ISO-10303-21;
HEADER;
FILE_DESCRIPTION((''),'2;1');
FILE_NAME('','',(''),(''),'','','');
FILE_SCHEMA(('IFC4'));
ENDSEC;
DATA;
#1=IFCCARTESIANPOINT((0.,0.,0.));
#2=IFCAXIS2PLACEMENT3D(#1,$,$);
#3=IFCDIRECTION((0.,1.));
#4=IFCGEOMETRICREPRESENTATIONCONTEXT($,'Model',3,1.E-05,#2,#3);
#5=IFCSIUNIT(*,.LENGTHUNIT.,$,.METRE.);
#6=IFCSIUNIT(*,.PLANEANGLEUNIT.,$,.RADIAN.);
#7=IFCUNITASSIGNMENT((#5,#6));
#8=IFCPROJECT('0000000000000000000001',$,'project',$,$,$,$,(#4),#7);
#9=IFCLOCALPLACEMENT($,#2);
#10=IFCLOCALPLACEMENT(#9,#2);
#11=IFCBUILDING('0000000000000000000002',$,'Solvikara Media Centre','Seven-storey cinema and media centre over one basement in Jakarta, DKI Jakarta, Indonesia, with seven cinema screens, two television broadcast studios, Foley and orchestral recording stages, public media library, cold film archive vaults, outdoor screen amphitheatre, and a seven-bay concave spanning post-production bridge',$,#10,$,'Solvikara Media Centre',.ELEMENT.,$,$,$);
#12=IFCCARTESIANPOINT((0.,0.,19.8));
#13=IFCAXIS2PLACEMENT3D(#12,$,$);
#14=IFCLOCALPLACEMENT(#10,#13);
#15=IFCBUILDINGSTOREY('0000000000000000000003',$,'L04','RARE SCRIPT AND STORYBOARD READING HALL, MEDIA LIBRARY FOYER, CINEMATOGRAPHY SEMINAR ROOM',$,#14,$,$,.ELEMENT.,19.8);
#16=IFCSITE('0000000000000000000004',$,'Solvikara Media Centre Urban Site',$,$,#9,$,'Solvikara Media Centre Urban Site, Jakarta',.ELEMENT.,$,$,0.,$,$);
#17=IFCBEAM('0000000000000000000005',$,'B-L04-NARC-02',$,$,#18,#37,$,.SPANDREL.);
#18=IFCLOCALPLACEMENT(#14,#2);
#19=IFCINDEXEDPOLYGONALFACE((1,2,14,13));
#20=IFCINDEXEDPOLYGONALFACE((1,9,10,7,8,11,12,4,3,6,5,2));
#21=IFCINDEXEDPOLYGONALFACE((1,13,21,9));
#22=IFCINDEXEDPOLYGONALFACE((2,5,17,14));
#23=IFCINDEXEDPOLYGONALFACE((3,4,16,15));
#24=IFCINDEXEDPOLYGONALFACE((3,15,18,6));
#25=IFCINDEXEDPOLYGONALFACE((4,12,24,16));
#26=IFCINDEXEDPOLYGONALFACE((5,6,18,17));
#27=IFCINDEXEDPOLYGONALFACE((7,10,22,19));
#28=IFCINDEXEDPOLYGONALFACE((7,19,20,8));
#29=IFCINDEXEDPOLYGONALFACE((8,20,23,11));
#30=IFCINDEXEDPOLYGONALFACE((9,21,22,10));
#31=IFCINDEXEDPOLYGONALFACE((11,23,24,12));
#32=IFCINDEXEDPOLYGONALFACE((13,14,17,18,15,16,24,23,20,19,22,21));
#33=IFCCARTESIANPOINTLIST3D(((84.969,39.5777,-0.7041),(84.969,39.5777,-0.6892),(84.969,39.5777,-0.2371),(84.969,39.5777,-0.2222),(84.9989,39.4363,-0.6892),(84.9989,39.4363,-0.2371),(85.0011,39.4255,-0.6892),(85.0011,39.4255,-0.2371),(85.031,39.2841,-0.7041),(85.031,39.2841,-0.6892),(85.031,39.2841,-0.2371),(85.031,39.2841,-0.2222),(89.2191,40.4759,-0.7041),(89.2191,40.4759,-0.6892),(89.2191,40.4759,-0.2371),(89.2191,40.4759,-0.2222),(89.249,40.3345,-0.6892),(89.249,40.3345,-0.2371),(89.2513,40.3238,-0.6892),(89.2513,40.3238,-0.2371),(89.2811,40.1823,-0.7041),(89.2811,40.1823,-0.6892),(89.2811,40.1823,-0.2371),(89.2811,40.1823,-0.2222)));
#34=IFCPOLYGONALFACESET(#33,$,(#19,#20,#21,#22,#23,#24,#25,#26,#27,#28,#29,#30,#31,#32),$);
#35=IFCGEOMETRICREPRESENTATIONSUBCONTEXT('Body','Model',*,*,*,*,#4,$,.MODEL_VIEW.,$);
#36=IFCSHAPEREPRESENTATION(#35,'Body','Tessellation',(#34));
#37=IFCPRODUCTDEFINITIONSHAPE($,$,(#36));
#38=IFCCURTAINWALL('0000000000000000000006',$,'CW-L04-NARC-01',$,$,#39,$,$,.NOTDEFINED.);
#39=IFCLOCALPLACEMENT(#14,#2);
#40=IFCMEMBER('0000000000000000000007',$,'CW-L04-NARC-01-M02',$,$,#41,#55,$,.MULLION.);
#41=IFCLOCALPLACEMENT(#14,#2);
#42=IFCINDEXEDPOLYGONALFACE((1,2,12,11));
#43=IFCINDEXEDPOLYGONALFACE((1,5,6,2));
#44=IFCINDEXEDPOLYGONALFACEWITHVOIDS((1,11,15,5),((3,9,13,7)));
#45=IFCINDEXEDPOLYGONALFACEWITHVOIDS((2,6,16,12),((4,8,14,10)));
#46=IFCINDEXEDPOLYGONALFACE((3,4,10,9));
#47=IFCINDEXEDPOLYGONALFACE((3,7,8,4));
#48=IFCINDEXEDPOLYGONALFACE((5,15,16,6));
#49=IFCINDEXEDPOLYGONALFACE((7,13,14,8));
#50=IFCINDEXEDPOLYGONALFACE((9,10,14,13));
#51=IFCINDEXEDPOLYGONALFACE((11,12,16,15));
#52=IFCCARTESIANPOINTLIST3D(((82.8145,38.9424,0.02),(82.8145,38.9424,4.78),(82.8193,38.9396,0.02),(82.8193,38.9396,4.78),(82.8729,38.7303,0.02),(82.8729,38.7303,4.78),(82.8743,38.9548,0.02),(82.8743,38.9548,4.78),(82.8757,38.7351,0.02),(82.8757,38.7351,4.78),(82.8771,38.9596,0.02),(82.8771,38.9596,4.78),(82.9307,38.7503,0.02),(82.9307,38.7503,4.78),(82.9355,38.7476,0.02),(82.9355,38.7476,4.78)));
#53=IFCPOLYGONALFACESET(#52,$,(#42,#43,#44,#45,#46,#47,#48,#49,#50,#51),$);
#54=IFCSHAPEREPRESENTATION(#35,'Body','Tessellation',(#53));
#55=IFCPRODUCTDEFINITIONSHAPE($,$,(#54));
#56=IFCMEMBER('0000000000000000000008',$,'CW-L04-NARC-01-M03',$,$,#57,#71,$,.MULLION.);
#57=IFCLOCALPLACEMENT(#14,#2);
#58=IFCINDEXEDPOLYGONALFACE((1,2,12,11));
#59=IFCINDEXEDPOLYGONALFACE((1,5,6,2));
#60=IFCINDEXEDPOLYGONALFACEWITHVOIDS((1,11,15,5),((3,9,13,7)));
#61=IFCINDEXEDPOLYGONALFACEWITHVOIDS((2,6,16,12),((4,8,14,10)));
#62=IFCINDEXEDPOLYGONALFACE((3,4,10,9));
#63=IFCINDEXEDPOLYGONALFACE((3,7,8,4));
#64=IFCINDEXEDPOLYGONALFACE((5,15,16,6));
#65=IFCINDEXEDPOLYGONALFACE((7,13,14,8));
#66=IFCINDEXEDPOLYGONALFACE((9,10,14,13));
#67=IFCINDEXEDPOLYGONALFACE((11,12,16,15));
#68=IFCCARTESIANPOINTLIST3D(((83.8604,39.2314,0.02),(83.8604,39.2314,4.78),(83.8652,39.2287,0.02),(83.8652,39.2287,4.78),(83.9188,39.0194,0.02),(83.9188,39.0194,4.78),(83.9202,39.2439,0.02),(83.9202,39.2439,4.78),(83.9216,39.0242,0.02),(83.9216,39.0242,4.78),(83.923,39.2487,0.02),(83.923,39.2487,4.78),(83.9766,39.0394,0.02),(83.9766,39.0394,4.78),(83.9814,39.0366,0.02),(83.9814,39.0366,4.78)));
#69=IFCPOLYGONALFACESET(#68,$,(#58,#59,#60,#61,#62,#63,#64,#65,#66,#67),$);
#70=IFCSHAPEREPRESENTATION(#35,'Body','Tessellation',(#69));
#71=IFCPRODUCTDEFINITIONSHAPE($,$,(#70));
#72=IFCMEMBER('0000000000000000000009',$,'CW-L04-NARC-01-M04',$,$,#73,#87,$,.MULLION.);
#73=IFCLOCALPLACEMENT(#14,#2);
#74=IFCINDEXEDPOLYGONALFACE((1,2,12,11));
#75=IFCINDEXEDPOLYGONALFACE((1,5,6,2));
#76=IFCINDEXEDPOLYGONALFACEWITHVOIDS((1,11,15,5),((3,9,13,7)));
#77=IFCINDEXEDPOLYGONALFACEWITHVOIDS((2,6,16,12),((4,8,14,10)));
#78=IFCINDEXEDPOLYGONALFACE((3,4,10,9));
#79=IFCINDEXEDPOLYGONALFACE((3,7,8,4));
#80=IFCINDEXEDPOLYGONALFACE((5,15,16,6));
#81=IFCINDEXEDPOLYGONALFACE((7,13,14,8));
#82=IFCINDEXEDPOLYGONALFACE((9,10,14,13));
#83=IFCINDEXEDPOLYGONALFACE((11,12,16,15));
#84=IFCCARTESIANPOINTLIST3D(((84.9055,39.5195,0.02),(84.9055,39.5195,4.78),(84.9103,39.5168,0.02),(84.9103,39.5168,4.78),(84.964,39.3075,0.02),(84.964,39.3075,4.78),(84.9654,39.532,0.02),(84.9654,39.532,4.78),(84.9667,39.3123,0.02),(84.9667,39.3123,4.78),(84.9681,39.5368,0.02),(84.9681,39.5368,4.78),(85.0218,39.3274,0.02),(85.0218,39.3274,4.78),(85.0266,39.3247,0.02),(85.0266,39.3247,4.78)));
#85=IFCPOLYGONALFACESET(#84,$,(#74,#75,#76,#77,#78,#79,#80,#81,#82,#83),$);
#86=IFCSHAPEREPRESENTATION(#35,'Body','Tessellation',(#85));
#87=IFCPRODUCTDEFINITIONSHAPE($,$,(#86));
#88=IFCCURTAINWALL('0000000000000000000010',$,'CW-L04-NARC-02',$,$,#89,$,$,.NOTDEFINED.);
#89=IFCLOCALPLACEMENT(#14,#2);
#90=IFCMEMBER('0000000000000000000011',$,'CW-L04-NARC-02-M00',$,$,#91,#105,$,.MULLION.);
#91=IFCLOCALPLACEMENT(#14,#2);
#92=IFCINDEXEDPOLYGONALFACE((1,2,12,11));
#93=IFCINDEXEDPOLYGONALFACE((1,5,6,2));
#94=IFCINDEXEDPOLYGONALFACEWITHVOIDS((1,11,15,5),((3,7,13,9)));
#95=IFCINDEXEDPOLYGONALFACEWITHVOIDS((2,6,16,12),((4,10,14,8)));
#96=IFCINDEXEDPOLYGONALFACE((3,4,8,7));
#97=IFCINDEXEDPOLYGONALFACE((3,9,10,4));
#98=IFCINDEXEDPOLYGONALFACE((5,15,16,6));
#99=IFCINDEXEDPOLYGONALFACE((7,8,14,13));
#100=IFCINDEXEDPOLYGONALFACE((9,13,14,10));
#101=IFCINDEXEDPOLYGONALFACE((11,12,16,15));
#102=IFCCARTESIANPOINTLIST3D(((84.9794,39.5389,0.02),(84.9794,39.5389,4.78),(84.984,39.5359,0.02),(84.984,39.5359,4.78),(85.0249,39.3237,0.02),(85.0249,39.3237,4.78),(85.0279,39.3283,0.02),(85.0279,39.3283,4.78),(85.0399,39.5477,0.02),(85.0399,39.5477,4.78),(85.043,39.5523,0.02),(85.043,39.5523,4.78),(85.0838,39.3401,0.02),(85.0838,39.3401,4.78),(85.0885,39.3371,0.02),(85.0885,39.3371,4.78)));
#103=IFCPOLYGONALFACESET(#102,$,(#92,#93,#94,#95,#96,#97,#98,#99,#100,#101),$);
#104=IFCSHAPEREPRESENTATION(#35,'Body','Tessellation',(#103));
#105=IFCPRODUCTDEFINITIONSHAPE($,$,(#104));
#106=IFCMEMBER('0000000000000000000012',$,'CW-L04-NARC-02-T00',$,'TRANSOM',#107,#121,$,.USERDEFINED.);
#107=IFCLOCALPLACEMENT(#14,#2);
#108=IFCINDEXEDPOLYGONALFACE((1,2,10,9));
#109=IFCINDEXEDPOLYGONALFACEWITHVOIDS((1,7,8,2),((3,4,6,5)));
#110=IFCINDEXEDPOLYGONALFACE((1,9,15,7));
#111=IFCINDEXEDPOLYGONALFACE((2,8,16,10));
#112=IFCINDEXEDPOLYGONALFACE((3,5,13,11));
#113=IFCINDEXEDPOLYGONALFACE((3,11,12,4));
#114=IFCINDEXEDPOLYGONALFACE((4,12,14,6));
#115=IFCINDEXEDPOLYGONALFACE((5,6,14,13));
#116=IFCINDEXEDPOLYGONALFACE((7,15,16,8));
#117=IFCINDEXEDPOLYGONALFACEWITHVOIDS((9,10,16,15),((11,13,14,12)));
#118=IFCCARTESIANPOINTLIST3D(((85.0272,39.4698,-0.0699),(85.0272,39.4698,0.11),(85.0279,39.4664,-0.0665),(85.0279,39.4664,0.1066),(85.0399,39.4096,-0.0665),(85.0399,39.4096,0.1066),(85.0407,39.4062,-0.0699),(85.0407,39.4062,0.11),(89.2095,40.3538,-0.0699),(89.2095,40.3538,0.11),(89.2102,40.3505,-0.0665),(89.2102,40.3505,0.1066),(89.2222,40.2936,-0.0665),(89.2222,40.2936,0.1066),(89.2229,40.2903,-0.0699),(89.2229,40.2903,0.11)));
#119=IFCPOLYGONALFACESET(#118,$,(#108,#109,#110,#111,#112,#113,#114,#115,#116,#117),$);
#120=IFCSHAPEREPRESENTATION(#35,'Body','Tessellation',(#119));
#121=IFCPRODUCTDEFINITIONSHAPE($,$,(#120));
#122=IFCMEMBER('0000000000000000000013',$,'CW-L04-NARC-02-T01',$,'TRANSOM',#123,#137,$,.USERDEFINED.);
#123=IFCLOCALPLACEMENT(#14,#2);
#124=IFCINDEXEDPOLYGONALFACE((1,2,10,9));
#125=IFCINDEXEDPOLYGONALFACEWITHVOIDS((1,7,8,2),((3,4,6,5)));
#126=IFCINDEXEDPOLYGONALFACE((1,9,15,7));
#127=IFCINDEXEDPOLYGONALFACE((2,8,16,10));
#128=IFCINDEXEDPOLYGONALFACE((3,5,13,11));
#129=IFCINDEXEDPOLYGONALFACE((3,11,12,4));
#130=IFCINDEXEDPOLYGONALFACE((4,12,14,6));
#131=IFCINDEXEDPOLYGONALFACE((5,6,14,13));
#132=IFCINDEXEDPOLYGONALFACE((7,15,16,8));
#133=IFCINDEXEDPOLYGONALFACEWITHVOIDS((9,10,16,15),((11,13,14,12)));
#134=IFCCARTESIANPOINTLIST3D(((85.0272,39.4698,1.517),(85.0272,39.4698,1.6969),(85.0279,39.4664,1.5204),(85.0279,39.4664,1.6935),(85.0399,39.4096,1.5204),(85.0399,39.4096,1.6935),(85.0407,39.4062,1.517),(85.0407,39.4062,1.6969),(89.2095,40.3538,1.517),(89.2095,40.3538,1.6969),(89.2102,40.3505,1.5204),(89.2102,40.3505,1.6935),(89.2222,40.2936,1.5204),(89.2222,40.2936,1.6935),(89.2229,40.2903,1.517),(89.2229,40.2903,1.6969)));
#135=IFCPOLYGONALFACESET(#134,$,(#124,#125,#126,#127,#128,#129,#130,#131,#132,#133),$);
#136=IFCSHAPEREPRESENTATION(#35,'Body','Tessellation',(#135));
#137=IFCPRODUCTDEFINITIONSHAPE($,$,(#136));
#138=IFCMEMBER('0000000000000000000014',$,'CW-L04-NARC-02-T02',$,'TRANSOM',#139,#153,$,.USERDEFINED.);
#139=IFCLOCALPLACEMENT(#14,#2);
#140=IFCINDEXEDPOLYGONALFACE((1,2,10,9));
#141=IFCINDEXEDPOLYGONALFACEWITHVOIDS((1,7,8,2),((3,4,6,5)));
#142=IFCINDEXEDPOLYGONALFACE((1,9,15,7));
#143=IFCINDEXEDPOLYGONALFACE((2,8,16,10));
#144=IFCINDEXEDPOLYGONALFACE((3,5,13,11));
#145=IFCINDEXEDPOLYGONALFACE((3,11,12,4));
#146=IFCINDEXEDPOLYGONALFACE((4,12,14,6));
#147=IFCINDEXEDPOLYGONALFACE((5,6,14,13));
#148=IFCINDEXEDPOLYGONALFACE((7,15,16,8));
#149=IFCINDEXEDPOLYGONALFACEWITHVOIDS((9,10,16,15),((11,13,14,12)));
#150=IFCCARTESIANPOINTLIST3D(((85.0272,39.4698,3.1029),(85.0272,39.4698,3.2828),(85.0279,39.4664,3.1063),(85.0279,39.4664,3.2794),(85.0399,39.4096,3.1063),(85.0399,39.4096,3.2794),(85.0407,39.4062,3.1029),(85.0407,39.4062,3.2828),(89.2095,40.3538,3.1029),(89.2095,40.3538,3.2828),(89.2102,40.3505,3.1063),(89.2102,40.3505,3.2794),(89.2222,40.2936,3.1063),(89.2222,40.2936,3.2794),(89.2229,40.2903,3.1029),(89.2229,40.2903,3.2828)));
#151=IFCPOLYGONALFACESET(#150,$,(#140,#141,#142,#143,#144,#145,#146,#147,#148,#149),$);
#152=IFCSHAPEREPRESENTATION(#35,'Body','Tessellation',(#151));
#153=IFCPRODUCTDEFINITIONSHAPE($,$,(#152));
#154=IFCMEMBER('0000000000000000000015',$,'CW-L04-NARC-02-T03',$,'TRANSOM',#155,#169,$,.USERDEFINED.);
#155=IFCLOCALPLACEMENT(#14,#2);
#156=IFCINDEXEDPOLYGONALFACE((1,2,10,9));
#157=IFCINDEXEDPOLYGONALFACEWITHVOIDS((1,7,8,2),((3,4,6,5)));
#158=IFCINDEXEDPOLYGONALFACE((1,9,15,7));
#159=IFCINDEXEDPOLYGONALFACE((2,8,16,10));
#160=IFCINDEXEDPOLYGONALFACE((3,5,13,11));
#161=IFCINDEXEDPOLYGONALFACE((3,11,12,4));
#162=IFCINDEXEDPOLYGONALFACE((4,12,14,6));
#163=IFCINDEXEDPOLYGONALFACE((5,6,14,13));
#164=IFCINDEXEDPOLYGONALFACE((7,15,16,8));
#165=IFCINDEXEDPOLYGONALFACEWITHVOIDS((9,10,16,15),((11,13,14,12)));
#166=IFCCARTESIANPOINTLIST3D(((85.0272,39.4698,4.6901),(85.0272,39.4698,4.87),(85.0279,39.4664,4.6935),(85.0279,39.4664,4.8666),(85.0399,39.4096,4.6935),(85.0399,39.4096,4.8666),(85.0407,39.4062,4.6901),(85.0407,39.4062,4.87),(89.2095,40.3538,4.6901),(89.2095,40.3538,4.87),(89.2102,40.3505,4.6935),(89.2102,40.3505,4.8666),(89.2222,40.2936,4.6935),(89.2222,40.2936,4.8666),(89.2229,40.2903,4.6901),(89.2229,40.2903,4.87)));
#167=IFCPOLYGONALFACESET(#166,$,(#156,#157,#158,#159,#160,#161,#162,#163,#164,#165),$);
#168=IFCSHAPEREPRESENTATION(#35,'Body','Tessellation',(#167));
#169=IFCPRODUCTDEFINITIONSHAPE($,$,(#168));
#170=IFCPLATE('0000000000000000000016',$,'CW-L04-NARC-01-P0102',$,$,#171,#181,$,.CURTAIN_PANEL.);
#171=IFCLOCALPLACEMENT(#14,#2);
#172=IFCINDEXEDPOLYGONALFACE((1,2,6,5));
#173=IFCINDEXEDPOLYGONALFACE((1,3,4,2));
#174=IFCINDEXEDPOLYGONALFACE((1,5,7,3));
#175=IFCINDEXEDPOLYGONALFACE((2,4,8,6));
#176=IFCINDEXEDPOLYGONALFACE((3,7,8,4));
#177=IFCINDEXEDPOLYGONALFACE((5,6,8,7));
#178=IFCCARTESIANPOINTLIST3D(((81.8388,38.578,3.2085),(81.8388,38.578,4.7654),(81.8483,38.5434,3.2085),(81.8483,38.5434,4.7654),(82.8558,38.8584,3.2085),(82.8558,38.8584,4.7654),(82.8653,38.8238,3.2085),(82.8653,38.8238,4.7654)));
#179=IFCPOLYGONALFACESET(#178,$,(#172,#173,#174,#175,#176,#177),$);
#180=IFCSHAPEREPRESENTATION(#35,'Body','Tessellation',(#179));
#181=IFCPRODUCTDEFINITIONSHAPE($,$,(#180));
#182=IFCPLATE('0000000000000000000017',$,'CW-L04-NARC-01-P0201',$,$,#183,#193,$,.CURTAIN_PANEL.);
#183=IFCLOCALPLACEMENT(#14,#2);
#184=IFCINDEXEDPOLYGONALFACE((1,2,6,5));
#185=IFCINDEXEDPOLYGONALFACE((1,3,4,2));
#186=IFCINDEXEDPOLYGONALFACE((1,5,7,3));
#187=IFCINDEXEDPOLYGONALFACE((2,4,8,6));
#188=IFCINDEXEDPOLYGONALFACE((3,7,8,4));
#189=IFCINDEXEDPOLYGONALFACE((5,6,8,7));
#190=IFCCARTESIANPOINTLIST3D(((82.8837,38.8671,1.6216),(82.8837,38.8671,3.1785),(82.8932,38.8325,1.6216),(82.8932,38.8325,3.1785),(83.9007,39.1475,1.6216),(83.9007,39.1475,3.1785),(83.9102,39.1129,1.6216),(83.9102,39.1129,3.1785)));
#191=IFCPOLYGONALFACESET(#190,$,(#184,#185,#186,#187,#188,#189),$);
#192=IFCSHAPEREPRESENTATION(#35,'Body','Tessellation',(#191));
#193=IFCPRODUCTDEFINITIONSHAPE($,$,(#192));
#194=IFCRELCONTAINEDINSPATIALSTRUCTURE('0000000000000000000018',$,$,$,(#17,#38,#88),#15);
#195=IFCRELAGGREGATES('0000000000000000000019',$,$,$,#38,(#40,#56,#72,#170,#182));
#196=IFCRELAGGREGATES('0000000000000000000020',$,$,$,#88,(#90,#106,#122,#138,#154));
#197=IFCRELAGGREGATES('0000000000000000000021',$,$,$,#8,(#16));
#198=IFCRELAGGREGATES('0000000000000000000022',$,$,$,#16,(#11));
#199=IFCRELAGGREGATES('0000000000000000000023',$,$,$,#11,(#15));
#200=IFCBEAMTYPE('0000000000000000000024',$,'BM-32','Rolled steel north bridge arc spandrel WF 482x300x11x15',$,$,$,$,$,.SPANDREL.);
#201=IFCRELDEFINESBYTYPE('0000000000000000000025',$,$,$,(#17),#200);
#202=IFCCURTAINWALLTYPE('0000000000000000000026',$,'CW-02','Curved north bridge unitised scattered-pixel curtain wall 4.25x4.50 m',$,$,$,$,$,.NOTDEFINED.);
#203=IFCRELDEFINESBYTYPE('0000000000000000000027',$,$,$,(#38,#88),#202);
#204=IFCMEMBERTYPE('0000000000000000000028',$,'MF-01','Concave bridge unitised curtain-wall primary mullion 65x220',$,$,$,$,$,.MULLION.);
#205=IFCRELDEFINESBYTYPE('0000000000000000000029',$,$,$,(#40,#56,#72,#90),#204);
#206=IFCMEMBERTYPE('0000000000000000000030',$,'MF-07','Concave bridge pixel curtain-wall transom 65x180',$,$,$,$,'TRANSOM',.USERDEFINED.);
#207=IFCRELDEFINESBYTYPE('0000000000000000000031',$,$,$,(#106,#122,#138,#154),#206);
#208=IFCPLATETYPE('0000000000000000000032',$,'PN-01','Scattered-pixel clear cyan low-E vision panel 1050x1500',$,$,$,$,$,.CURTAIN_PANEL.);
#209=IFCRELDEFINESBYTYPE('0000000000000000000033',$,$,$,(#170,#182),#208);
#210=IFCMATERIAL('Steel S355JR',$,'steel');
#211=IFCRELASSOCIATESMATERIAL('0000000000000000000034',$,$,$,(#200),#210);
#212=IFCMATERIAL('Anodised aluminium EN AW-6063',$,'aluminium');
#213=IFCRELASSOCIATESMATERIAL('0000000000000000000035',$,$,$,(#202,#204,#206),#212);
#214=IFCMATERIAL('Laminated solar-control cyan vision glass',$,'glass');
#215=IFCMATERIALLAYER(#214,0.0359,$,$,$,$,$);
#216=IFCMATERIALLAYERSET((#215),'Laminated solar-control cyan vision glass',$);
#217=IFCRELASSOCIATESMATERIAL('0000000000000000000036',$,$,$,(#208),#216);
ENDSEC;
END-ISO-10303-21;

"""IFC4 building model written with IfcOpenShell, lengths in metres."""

from ifc_helpers import new_model, si_unit, direction, frame, origin, origin_2d, place, context, subcontext, project, spatial, rectangle, hollow_rectangle, i_section, extrude, material, layer, layer_set, material_profile, profile_set, type_object, element, aggregate, save


model = new_model("IFC4")

# Units and contexts
model_context = context("Model", 3, precision=1e-05, world=origin(), true_north=direction((0.0, 1.0)))
body_context = subcontext(model_context, "Body", "Model", "MODEL_VIEW")
ifc_project = project(units=[si_unit("LENGTHUNIT", "METRE"), si_unit("PLANEANGLEUNIT", "RADIAN")], contexts=[model_context])

# Site, building, storey
site_placement = place(None, origin())
site = spatial("IfcSite", under=ifc_project, at=site_placement, Name="Solvikara Media Centre Urban Site", LongName="Solvikara Media Centre Urban Site, Jakarta", CompositionType="ELEMENT", RefElevation=0.0)
building_placement = place(site_placement, origin())
building = spatial("IfcBuilding", under=site, at=building_placement, Name="Solvikara Media Centre", Description="Seven-storey cinema and media centre over one basement in Jakarta, DKI Jakarta, Indonesia, with seven cinema screens, two television broadcast studios, Foley and orchestral recording stages, public media library, cold film archive vaults, outdoor screen amphitheatre, and a seven-bay concave spanning post-production bridge", LongName="Solvikara Media Centre", CompositionType="ELEMENT")
storey_placement = place(building_placement, frame((0.0, 0.0, 19.8)))
storey = spatial("IfcBuildingStorey", under=building, at=storey_placement, Name="L04", Description="RARE SCRIPT AND STORYBOARD READING HALL, MEDIA LIBRARY FOYER, CINEMATOGRAPHY SEMINAR ROOM", CompositionType="ELEMENT", Elevation=19.8)

# Beam
ifc_material_1 = material(Name="Steel S355JR", Category="steel")
ifc_material_profile_1 = material_profile(ifc_material_1, i_section(OverallWidth=0.3, OverallDepth=0.4819, WebThickness=0.011, FlangeThickness=0.0149, at=origin_2d()), Name="WF 482x300x11x15")
ifc_profile_set_1 = profile_set([ifc_material_profile_1], Name="Steel S355JR")
beam_type = type_object("IfcBeamType", Name="BM-32", Description="Rolled steel north bridge arc spandrel WF 482x300x11x15", PredefinedType="SPANDREL", material=ifc_profile_set_1)
beam_placement = place(storey_placement, frame((85.0, 39.4309, -0.4631), z_axis=(0.978389, 0.206772, 0.0), x_axis=(-0.206772, 0.978389, 0.0)))
element("IfcBeam", 1, at=beam_placement, inside=storey, type_object=beam_type, Name="B-L04-NARC-02", PredefinedType="SPANDREL", context=body_context, shape_type="SweptSolid", body=[
    extrude(i_section(OverallWidth=0.3, OverallDepth=0.4819, WebThickness=0.011, FlangeThickness=0.0149, at=origin_2d()), origin(), (0.0, 0.0, 1.0), 4.344),
])

# Curtain walls, members
ifc_material_2 = material(Name="Anodised aluminium EN AW-6063", Category="aluminium")
curtain_wall_type = type_object("IfcCurtainWallType", Name="CW-02", Description="Curved north bridge unitised scattered-pixel curtain wall 4.25x4.50 m", PredefinedType="NOTDEFINED", material=ifc_material_2)
curtain_wall_1_placement = place(storey_placement, origin())
curtain_wall_1 = element("IfcCurtainWall", 2, at=curtain_wall_1_placement, inside=storey, type_object=curtain_wall_type, Name="CW-L04-NARC-01", PredefinedType="NOTDEFINED")
ifc_material_profile_2 = material_profile(ifc_material_2, hollow_rectangle(XDim=0.0649, YDim=0.22, WallThickness=0.0039, at=origin_2d()), Name="ALU-M 65x220x4")
ifc_profile_set_2 = profile_set([ifc_material_profile_2], Name="Anodised aluminium EN AW-6063")
member_type_1 = type_object("IfcMemberType", Name="MF-01", Description="Concave bridge unitised curtain-wall primary mullion 65x220", PredefinedType="MULLION", material=ifc_profile_set_2)
member_1_placement = place(storey_placement, frame((82.875, 38.845, 0.02), z_axis=(0.0, 0.0, 1.0), x_axis=(0.96403, 0.265792, 0.0)))
member_1 = element("IfcMember", 3, at=member_1_placement, type_object=member_type_1, Name="CW-L04-NARC-01-M02", PredefinedType="MULLION", context=body_context, shape_type="SweptSolid", body=[
    extrude(hollow_rectangle(XDim=0.0649, YDim=0.22, WallThickness=0.0039, at=origin_2d()), origin(), (0.0, 0.0, 1.0), 4.76),
])
member_2_placement = place(storey_placement, frame((83.9209, 39.134, 0.02), z_axis=(0.0, 0.0, 1.0), x_axis=(0.96403, 0.265792, 0.0)))
member_2 = element("IfcMember", 4, at=member_2_placement, type_object=member_type_1, Name="CW-L04-NARC-01-M03", PredefinedType="MULLION", context=body_context, shape_type="SweptSolid", body=[
    extrude(hollow_rectangle(XDim=0.0649, YDim=0.22, WallThickness=0.0039, at=origin_2d()), origin(), (0.0, 0.0, 1.0), 4.76),
])
member_3_placement = place(storey_placement, frame((84.9661, 39.4221, 0.02), z_axis=(0.0, 0.0, 1.0), x_axis=(0.96403, 0.265792, 0.0)))
member_3 = element("IfcMember", 5, at=member_3_placement, type_object=member_type_1, Name="CW-L04-NARC-01-M04", PredefinedType="MULLION", context=body_context, shape_type="SweptSolid", body=[
    extrude(hollow_rectangle(XDim=0.0649, YDim=0.22, WallThickness=0.0039, at=origin_2d()), origin(), (0.0, 0.0, 1.0), 4.76),
])
curtain_wall_2_placement = place(storey_placement, origin())
curtain_wall_2 = element("IfcCurtainWall", 6, at=curtain_wall_2_placement, inside=storey, type_object=curtain_wall_type, Name="CW-L04-NARC-02", PredefinedType="NOTDEFINED")
member_4_placement = place(storey_placement, frame((85.0339, 39.438, 0.02), z_axis=(0.0, 0.0, 1.0), x_axis=(0.978379, 0.206819, 0.0)))
member_4 = element("IfcMember", 7, at=member_4_placement, type_object=member_type_1, Name="CW-L04-NARC-02-M00", PredefinedType="MULLION", context=body_context, shape_type="SweptSolid", body=[
    extrude(hollow_rectangle(XDim=0.0649, YDim=0.22, WallThickness=0.0039, at=origin_2d()), origin(), (0.0, 0.0, 1.0), 4.76),
])
ifc_material_profile_3 = material_profile(ifc_material_2, hollow_rectangle(XDim=0.0649, YDim=0.1799, WallThickness=0.0034, at=origin_2d()), Name="ALU-T 65x180x3.5")
ifc_profile_set_3 = profile_set([ifc_material_profile_3], Name="Anodised aluminium EN AW-6063")
member_type_2 = type_object("IfcMemberType", Name="MF-07", Description="Concave bridge pixel curtain-wall transom 65x180", ElementType="TRANSOM", PredefinedType="USERDEFINED", material=ifc_profile_set_3)
member_5_placement = place(storey_placement, frame((85.0339, 39.438, 0.02), z_axis=(0.97838, 0.206814, 0.0), x_axis=(-0.206814, 0.97838, 0.0)))
member_5 = element("IfcMember", 8, at=member_5_placement, type_object=member_type_2, Name="CW-L04-NARC-02-T00", ObjectType="TRANSOM", PredefinedType="USERDEFINED", context=body_context, shape_type="SweptSolid", body=[
    extrude(hollow_rectangle(XDim=0.0649, YDim=0.1799, WallThickness=0.0034, at=origin_2d()), origin(), (0.0, 0.0, 1.0), 4.2747),
])
member_6_placement = place(storey_placement, frame((85.0339, 39.438, 1.6069), z_axis=(0.97838, 0.206814, 0.0), x_axis=(-0.206814, 0.97838, 0.0)))
member_6 = element("IfcMember", 9, at=member_6_placement, type_object=member_type_2, Name="CW-L04-NARC-02-T01", ObjectType="TRANSOM", PredefinedType="USERDEFINED", context=body_context, shape_type="SweptSolid", body=[
    extrude(hollow_rectangle(XDim=0.0649, YDim=0.1799, WallThickness=0.0034, at=origin_2d()), origin(), (0.0, 0.0, 1.0), 4.2747),
])
member_7_placement = place(storey_placement, frame((85.0339, 39.438, 3.1929), z_axis=(0.97838, 0.206814, 0.0), x_axis=(-0.206814, 0.97838, 0.0)))
member_7 = element("IfcMember", 10, at=member_7_placement, type_object=member_type_2, Name="CW-L04-NARC-02-T02", ObjectType="TRANSOM", PredefinedType="USERDEFINED", context=body_context, shape_type="SweptSolid", body=[
    extrude(hollow_rectangle(XDim=0.0649, YDim=0.1799, WallThickness=0.0034, at=origin_2d()), origin(), (0.0, 0.0, 1.0), 4.2747),
])
member_8_placement = place(storey_placement, frame((85.0339, 39.438, 4.78), z_axis=(0.97838, 0.206814, 0.0), x_axis=(-0.206814, 0.97838, 0.0)))
member_8 = element("IfcMember", 11, at=member_8_placement, type_object=member_type_2, Name="CW-L04-NARC-02-T03", ObjectType="TRANSOM", PredefinedType="USERDEFINED", context=body_context, shape_type="SweptSolid", body=[
    extrude(hollow_rectangle(XDim=0.0649, YDim=0.1799, WallThickness=0.0034, at=origin_2d()), origin(), (0.0, 0.0, 1.0), 4.2747),
])

# Plates
ifc_material_3 = material(Name="Laminated solar-control cyan vision glass", Category="glass")
ifc_layer_1 = layer(ifc_material_3, 0.0359)
ifc_layer_set_1 = layer_set([ifc_layer_1], Name="Laminated solar-control cyan vision glass")
plate_type_1 = type_object("IfcPlateType", Name="PN-01", Description="Scattered-pixel clear cyan low-E vision panel 1050x1500", PredefinedType="CURTAIN_PANEL", material=ifc_layer_set_1)
plate_1_placement = place(storey_placement, frame((82.3521, 38.7009, 3.2085), z_axis=(0.0, 0.0, 1.0), x_axis=(0.96403, 0.265792, 0.0)))
plate_1 = element("IfcPlate", 12, at=plate_1_placement, type_object=plate_type_1, Name="CW-L04-NARC-01-P0102", PredefinedType="CURTAIN_PANEL", context=body_context, shape_type="SweptSolid", body=[
    extrude(rectangle(XDim=1.0549, YDim=0.0359, at=origin_2d()), origin(), (0.0, 0.0, 1.0), 1.5569),
])
plate_2_placement = place(storey_placement, frame((83.397, 38.99, 1.6216), z_axis=(0.0, 0.0, 1.0), x_axis=(0.96403, 0.265792, 0.0)))
plate_2 = element("IfcPlate", 13, at=plate_2_placement, type_object=plate_type_1, Name="CW-L04-NARC-01-P0201", PredefinedType="CURTAIN_PANEL", context=body_context, shape_type="SweptSolid", body=[
    extrude(rectangle(XDim=1.0549, YDim=0.0359, at=origin_2d()), origin(), (0.0, 0.0, 1.0), 1.5569),
])
aggregate(curtain_wall_1, [member_1, member_2, member_3, plate_1, plate_2])
aggregate(curtain_wall_2, [member_4, member_5, member_6, member_7, member_8])

save(model, "model.ifc")
